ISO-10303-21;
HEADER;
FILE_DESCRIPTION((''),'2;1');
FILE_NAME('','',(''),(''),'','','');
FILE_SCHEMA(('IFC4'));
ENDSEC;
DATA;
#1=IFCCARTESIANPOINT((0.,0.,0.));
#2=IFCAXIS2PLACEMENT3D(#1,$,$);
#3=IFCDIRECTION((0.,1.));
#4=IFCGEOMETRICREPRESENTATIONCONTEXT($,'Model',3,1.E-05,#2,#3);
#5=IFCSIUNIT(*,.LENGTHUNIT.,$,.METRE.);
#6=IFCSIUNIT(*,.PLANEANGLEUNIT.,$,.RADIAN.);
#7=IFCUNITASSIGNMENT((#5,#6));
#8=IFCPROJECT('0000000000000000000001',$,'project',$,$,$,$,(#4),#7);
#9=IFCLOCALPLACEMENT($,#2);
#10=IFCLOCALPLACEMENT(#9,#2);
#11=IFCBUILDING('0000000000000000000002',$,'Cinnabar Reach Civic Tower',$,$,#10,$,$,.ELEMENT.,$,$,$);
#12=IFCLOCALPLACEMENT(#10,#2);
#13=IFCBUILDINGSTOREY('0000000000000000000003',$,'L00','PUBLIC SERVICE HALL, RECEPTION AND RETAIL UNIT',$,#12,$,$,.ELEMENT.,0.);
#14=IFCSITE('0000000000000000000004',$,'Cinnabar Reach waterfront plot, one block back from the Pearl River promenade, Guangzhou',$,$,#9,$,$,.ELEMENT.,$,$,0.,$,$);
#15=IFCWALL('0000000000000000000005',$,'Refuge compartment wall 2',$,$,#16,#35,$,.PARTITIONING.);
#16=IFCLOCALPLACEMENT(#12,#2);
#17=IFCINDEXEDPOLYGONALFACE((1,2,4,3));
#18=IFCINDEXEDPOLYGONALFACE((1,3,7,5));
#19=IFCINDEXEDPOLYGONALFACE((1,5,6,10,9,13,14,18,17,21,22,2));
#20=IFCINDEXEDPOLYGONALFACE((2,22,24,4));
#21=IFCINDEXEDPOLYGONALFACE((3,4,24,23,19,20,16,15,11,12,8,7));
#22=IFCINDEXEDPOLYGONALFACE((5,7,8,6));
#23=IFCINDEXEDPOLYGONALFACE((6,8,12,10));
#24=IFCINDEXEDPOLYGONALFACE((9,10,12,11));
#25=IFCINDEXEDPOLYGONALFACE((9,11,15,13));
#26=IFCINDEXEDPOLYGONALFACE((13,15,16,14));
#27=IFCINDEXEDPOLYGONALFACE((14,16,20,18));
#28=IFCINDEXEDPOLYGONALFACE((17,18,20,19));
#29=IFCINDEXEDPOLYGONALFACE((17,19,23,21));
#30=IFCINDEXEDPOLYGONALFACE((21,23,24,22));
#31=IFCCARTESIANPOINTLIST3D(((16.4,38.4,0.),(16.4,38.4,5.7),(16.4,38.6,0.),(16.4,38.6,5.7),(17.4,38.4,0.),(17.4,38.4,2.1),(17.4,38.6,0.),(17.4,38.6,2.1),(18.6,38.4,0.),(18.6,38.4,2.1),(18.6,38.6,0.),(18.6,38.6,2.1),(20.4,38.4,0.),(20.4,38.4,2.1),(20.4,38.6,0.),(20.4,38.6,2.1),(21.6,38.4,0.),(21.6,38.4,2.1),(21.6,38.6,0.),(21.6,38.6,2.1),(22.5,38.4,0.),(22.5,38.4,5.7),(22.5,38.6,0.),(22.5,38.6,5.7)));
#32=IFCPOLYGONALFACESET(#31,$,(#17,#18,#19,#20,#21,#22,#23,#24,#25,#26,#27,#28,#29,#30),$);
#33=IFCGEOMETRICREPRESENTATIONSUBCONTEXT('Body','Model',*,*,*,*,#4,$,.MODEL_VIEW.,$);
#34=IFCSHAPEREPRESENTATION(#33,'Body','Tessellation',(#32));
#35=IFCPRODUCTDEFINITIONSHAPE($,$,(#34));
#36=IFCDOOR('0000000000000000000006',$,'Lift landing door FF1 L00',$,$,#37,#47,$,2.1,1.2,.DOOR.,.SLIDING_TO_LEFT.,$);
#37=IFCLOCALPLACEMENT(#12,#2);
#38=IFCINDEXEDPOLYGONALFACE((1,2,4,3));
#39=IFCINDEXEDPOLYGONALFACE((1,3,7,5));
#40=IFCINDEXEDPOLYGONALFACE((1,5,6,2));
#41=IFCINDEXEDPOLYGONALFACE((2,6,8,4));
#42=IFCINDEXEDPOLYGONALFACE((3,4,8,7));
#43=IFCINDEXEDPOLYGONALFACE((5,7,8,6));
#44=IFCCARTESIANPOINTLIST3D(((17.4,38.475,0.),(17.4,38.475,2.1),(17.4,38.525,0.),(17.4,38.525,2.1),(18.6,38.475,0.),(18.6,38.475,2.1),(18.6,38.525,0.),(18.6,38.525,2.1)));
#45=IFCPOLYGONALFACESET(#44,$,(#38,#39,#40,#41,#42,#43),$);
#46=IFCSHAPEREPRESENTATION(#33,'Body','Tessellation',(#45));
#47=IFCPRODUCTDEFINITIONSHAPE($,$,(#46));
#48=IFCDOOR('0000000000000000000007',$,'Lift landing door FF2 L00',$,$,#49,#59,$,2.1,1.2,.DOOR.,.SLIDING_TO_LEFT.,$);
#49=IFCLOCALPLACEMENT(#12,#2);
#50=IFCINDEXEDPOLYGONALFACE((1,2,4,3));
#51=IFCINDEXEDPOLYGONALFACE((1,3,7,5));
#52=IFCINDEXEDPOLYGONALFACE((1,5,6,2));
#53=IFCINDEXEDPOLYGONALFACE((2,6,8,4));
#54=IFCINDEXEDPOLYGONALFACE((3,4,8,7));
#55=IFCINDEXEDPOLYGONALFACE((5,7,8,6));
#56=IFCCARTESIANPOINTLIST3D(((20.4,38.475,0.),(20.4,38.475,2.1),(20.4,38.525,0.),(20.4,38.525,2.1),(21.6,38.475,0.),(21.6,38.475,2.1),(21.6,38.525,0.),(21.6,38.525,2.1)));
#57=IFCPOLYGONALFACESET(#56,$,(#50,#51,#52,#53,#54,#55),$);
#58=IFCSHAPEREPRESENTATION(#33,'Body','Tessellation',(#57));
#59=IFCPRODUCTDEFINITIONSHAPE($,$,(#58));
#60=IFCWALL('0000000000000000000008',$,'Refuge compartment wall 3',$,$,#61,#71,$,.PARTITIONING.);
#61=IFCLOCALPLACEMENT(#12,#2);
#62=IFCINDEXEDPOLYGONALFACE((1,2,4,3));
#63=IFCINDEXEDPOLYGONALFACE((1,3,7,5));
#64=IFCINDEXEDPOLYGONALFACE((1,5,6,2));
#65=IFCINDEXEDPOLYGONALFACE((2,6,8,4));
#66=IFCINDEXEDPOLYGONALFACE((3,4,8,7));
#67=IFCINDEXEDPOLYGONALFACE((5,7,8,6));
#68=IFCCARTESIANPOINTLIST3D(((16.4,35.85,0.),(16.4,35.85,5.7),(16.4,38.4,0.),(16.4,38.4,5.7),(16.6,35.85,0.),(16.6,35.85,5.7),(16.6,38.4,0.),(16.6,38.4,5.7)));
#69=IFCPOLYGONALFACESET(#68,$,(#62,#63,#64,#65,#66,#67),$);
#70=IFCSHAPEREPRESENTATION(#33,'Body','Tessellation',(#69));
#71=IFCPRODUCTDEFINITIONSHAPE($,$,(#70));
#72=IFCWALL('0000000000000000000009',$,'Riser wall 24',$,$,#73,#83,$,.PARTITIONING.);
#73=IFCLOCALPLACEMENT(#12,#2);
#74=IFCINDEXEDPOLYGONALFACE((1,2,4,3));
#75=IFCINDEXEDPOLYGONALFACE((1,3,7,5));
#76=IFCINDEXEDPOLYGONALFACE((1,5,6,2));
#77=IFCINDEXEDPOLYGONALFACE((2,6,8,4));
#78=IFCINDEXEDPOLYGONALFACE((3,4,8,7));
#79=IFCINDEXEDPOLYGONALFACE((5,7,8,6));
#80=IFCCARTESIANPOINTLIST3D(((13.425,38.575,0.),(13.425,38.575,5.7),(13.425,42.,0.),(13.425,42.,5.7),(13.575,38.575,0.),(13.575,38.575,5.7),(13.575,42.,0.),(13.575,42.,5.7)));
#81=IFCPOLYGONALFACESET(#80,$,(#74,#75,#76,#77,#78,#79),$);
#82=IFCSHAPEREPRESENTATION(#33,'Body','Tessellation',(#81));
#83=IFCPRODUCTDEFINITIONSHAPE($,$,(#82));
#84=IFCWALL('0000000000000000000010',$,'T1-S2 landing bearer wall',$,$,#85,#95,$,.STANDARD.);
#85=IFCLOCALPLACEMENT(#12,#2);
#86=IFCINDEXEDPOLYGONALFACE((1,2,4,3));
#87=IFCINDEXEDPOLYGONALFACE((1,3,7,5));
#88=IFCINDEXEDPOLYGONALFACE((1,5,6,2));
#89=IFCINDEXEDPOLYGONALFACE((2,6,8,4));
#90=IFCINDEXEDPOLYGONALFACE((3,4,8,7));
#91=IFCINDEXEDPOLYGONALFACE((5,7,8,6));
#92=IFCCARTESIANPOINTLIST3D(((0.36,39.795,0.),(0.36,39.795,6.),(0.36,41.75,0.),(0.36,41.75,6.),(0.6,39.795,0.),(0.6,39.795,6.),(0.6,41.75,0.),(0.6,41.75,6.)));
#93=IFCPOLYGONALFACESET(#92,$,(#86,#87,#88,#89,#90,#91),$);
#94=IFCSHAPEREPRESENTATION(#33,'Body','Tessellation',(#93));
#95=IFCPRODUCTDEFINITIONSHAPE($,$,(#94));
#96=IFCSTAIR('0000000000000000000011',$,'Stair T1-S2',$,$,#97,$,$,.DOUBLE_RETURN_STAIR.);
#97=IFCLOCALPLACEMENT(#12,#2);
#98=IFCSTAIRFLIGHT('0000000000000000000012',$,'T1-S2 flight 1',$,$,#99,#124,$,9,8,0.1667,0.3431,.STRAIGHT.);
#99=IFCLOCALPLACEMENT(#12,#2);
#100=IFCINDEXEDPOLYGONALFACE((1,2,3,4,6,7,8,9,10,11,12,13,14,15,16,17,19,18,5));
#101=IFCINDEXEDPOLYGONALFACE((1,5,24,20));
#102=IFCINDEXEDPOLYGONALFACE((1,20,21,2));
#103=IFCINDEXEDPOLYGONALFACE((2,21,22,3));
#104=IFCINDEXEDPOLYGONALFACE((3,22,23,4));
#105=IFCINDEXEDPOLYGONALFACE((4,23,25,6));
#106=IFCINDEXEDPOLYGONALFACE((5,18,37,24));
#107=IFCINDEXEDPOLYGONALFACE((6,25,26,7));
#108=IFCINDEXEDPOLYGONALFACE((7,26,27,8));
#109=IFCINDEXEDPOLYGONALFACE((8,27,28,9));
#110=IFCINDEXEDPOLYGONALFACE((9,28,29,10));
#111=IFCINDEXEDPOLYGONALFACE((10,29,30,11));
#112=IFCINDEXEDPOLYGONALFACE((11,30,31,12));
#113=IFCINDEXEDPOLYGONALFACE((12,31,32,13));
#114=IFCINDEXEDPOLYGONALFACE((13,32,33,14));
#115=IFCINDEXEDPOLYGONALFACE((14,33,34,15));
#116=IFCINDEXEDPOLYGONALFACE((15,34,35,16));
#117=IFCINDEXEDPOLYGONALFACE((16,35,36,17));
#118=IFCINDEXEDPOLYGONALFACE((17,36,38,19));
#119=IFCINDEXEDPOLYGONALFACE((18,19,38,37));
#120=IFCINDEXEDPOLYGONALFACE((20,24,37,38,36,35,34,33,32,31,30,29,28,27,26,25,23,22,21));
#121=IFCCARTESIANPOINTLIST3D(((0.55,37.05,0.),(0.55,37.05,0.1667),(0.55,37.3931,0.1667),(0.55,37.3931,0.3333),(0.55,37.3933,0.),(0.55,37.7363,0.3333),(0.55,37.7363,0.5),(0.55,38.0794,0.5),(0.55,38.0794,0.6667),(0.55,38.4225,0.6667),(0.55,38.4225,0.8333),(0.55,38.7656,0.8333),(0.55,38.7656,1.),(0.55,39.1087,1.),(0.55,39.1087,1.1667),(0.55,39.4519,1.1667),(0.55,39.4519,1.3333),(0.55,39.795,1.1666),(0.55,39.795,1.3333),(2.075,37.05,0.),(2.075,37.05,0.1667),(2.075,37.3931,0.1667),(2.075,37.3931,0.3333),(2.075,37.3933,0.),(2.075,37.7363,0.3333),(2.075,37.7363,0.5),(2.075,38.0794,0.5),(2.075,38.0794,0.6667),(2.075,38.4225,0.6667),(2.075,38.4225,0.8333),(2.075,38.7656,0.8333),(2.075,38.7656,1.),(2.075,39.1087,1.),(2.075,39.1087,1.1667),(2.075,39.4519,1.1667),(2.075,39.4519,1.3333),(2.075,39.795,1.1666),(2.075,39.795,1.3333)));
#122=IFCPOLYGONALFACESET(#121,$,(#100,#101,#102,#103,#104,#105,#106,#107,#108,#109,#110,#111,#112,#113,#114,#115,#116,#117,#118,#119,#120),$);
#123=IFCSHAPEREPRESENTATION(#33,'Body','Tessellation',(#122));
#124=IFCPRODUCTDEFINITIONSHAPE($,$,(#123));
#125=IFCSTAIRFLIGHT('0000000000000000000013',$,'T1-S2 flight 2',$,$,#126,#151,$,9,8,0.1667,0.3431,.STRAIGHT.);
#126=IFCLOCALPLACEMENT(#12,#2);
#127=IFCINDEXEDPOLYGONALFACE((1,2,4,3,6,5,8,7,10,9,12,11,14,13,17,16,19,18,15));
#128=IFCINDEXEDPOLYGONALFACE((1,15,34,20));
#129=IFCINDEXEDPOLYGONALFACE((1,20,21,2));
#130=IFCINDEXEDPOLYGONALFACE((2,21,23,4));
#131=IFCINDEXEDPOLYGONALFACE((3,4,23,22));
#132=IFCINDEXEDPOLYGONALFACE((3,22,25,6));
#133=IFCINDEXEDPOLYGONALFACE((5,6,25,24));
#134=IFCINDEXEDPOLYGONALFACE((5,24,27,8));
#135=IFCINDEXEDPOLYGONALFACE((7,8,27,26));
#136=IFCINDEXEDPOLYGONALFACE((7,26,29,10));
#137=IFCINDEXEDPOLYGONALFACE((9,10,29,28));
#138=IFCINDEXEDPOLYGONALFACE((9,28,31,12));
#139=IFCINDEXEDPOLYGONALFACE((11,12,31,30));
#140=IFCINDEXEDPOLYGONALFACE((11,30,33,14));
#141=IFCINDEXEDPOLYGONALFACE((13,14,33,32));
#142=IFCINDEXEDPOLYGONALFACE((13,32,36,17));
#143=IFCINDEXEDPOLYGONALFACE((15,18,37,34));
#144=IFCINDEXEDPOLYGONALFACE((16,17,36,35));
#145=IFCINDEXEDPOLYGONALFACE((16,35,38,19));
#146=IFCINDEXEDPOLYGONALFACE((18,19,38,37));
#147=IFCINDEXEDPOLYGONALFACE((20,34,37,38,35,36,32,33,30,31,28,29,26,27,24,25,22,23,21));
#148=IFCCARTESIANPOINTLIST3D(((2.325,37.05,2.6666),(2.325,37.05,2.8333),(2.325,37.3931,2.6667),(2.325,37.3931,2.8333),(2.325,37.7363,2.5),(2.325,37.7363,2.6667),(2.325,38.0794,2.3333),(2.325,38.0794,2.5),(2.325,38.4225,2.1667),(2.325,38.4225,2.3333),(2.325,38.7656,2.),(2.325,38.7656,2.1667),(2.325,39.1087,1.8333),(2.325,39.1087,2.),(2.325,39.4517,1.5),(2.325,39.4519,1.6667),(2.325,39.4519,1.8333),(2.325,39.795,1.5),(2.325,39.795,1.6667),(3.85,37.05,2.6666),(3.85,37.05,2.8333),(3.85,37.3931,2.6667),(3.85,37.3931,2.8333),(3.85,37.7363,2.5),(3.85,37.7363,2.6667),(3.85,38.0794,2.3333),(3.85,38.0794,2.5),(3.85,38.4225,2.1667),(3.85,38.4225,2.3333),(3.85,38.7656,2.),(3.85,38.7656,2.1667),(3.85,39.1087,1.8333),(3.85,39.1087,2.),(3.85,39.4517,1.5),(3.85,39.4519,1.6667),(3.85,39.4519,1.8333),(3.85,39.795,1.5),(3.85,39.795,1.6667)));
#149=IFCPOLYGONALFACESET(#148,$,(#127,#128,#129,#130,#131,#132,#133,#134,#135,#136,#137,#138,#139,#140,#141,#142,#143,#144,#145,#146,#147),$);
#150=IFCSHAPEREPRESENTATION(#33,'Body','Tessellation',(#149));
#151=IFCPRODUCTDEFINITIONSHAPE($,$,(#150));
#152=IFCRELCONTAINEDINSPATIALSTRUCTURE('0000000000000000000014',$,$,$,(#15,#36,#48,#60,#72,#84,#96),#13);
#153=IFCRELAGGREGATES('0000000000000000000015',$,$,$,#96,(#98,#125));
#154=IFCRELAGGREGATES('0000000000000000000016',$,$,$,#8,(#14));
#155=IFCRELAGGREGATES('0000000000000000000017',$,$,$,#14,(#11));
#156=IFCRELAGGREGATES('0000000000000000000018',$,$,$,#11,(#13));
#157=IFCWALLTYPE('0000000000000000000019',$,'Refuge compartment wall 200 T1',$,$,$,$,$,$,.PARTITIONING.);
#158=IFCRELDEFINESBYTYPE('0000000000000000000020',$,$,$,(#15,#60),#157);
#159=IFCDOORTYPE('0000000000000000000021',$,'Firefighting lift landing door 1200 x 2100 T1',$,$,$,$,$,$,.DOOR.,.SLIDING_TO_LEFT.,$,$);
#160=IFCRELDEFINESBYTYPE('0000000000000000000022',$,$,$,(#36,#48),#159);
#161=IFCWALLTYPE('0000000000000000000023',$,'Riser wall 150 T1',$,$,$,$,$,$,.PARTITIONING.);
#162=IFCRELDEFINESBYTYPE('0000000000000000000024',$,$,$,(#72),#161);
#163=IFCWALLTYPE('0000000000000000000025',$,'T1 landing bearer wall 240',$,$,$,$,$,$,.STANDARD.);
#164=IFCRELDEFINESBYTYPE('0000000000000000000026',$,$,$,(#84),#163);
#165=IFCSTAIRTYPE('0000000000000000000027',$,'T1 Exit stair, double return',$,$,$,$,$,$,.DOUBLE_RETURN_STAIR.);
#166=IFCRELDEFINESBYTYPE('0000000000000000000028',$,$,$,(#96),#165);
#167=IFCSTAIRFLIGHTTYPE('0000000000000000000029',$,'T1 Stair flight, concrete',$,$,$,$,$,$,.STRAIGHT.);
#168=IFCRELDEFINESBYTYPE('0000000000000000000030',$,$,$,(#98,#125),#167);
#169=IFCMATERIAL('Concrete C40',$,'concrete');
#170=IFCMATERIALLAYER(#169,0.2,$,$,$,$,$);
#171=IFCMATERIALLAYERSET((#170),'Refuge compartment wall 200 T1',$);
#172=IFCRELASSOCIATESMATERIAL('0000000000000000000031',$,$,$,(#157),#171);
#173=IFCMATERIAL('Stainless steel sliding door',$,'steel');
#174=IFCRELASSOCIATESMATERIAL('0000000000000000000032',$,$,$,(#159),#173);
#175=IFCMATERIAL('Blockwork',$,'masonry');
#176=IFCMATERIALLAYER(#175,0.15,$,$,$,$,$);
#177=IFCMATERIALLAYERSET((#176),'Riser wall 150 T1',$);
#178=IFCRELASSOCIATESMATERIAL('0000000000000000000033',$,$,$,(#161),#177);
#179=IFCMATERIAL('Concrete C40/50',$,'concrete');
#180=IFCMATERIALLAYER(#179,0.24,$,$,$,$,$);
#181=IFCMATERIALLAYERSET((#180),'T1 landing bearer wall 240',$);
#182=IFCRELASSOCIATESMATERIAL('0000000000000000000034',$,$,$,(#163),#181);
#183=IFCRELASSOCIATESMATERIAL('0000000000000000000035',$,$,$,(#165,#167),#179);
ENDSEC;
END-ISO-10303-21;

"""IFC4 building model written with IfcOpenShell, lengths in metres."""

from ifc_helpers import new_model, si_unit, direction, frame, frame_2d, origin, place, context, subcontext, project, spatial, polyline, rectangle, outline, extrude, material, layer, layer_set, type_object, element, fill, aggregate, save


model = new_model("IFC4")

# Units and contexts
model_context = context("Model", 3, precision=1e-05, world=origin(), true_north=direction((0.0, 1.0)))
body_context = subcontext(model_context, "Body", "Model", "MODEL_VIEW")
ifc_project = project(units=[si_unit("LENGTHUNIT", "METRE"), si_unit("PLANEANGLEUNIT", "RADIAN")], contexts=[model_context])

# Site, building, storey
site_placement = place(None, origin())
site = spatial("IfcSite", under=ifc_project, at=site_placement, Name="Cinnabar Reach waterfront plot, one block back from the Pearl River promenade, Guangzhou", CompositionType="ELEMENT", RefElevation=0.0)
building_placement = place(site_placement, origin())
building = spatial("IfcBuilding", under=site, at=building_placement, Name="Cinnabar Reach Civic Tower", CompositionType="ELEMENT")
storey_placement = place(building_placement, origin())
storey = spatial("IfcBuildingStorey", under=building, at=storey_placement, Name="L00", Description="PUBLIC SERVICE HALL, RECEPTION AND RETAIL UNIT", CompositionType="ELEMENT", Elevation=0.0)

# Shared definitions
ifc_material_1 = material(Name="Blockwork", Category="masonry")

# Wall, openings, doors
ifc_material_2 = material(Name="Concrete C40", Category="concrete")
ifc_layer_1 = layer(ifc_material_2, 0.2)
ifc_layer_set_1 = layer_set([ifc_layer_1], Name="Refuge compartment wall 200 T1")
wall_type_1 = type_object("IfcWallType", Name="Refuge compartment wall 200 T1", PredefinedType="PARTITIONING", material=ifc_layer_set_1)
wall_1_placement = place(storey_placement, frame((16.4, 38.5, 0.0), z_axis=(0.0, 0.0, 1.0), x_axis=(1.0, 0.0, 0.0)))
wall_1 = element("IfcWall", 1, at=wall_1_placement, inside=storey, type_object=wall_type_1, Name="Refuge compartment wall 2", PredefinedType="PARTITIONING", context=body_context, shape_type="SweptSolid", body=[
    extrude(rectangle(XDim=6.1, YDim=0.2, at=frame_2d((3.05, 0.0))), origin(), (0.0, 0.0, 1.0), 5.7),
])
opening_1_placement = place(wall_1_placement, frame((1.0, 0.0, 0.0)))
opening_1 = element("IfcOpeningElement", 2, at=opening_1_placement, cuts=wall_1, PredefinedType="OPENING", context=body_context, shape_type="SweptSolid", body=[
    extrude(rectangle(XDim=1.2, YDim=2.1, at=frame_2d((0.6, 1.05))), frame((0.0, 0.11, 0.0), z_axis=(0.0, -1.0, 0.0), x_axis=(1.0, 0.0, 0.0)), (0.0, 0.0, 1.0), 0.22),
])
opening_2_placement = place(wall_1_placement, frame((4.0, 0.0, 0.0)))
opening_2 = element("IfcOpeningElement", 3, at=opening_2_placement, cuts=wall_1, PredefinedType="OPENING", context=body_context, shape_type="SweptSolid", body=[
    extrude(rectangle(XDim=1.2, YDim=2.1, at=frame_2d((0.6, 1.05))), frame((0.0, 0.11, 0.0), z_axis=(0.0, -1.0, 0.0), x_axis=(1.0, 0.0, 0.0)), (0.0, 0.0, 1.0), 0.22),
])
ifc_material_3 = material(Name="Stainless steel sliding door", Category="steel")
door_type_1 = type_object("IfcDoorType", Name="Firefighting lift landing door 1200 x 2100 T1", OperationType="SLIDING_TO_LEFT", PredefinedType="DOOR", material=ifc_material_3)
door_1_placement = place(opening_1_placement, origin())
door_1 = element("IfcDoor", 4, at=door_1_placement, inside=storey, type_object=door_type_1, Name="Lift landing door FF1 L00", OperationType="SLIDING_TO_LEFT", OverallHeight=2.1, OverallWidth=1.2, PredefinedType="DOOR", context=body_context, shape_type="SweptSolid", body=[
    extrude(rectangle(XDim=1.2, YDim=2.1, at=frame_2d((0.6, 1.05))), frame((0.0, 0.025, 0.0), z_axis=(0.0, -1.0, 0.0), x_axis=(1.0, 0.0, 0.0)), (0.0, 0.0, 1.0), 0.05),
])
fill(opening_1, door_1)
door_2_placement = place(opening_2_placement, origin())
door_2 = element("IfcDoor", 5, at=door_2_placement, inside=storey, type_object=door_type_1, Name="Lift landing door FF2 L00", OperationType="SLIDING_TO_LEFT", OverallHeight=2.1, OverallWidth=1.2, PredefinedType="DOOR", context=body_context, shape_type="SweptSolid", body=[
    extrude(rectangle(XDim=1.2, YDim=2.1, at=frame_2d((0.6, 1.05))), frame((0.0, 0.025, 0.0), z_axis=(0.0, -1.0, 0.0), x_axis=(1.0, 0.0, 0.0)), (0.0, 0.0, 1.0), 0.05),
])
fill(opening_2, door_2)

# Walls
wall_2_placement = place(storey_placement, frame((16.5, 35.85, 0.0), z_axis=(0.0, 0.0, 1.0), x_axis=(0.0, 1.0, 0.0)))
element("IfcWall", 6, at=wall_2_placement, inside=storey, type_object=wall_type_1, Name="Refuge compartment wall 3", PredefinedType="PARTITIONING", context=body_context, shape_type="SweptSolid", body=[
    extrude(rectangle(XDim=2.55, YDim=0.2, at=frame_2d((1.275, 0.0))), origin(), (0.0, 0.0, 1.0), 5.7),
])
ifc_layer_2 = layer(ifc_material_1, 0.15)
ifc_layer_set_2 = layer_set([ifc_layer_2], Name="Riser wall 150 T1")
wall_type_2 = type_object("IfcWallType", Name="Riser wall 150 T1", PredefinedType="PARTITIONING", material=ifc_layer_set_2)
wall_3_placement = place(storey_placement, frame((13.5, 38.575, 0.0), z_axis=(0.0, 0.0, 1.0), x_axis=(0.0, 1.0, 0.0)))
element("IfcWall", 7, at=wall_3_placement, inside=storey, type_object=wall_type_2, Name="Riser wall 24", PredefinedType="PARTITIONING", context=body_context, shape_type="SweptSolid", body=[
    extrude(rectangle(XDim=3.425, YDim=0.15, at=frame_2d((1.7125, 0.0))), origin(), (0.0, 0.0, 1.0), 5.7),
])
ifc_material_4 = material(Name="Concrete C40/50", Category="concrete")
ifc_layer_3 = layer(ifc_material_4, 0.24)
ifc_layer_set_3 = layer_set([ifc_layer_3], Name="T1 landing bearer wall 240")
wall_type_3 = type_object("IfcWallType", Name="T1 landing bearer wall 240", PredefinedType="STANDARD", material=ifc_layer_set_3)
wall_4_placement = place(storey_placement, frame((0.48, 39.795, 0.0), z_axis=(0.0, 0.0, 1.0), x_axis=(0.0, 1.0, 0.0)))
element("IfcWall", 8, at=wall_4_placement, inside=storey, type_object=wall_type_3, Name="T1-S2 landing bearer wall", PredefinedType="STANDARD", context=body_context, shape_type="SweptSolid", body=[
    extrude(rectangle(XDim=1.955, YDim=0.24, at=frame_2d((0.9775, 0.0))), origin(), (0.0, 0.0, 1.0), 6.0),
])

# Stair, stair flights
stair_type = type_object("IfcStairType", Name="T1 Exit stair, double return", PredefinedType="DOUBLE_RETURN_STAIR", material=ifc_material_4)
stair_placement = place(storey_placement, origin())
stair = element("IfcStair", 9, at=stair_placement, inside=storey, type_object=stair_type, Name="Stair T1-S2", PredefinedType="DOUBLE_RETURN_STAIR")
stair_flight_type = type_object("IfcStairFlightType", Name="T1 Stair flight, concrete", PredefinedType="STRAIGHT", material=ifc_material_4)
stair_flight_1_placement = place(storey_placement, frame((1.3125, 37.05, 0.0), z_axis=(0.0, 0.0, 1.0), x_axis=(0.0, 1.0, 0.0)))
stair_flight_1 = element("IfcStairFlight", 10, at=stair_flight_1_placement, type_object=stair_flight_type, Name="T1-S2 flight 1", NumberOfRisers=9, NumberOfTreads=8, PredefinedType="STRAIGHT", RiserHeight=0.1667, TreadLength=0.3431, context=body_context, shape_type="SweptSolid", body=[
    extrude(outline(polyline([(0.0, 0.0), (0.0, 0.1667), (0.3431, 0.1667), (0.3431, 0.3333), (0.6863, 0.3333), (0.6863, 0.5), (1.0294, 0.5), (1.0294, 0.6667), (1.3725, 0.6667), (1.3725, 0.8333), (1.7156, 0.8333), (1.7156, 1.0), (2.0587, 1.0), (2.0587, 1.1667), (2.4019, 1.1667), (2.4019, 1.3333), (2.745, 1.3333), (2.745, 1.5), (2.745, 1.1666), (0.3433, 0.0), (0.0, 0.0)])), frame((0.0, 0.7625, 0.0), z_axis=(0.0, -1.0, 0.0), x_axis=(1.0, 0.0, 0.0)), (0.0, 0.0, 1.0), 1.525),
])
stair_flight_2_placement = place(storey_placement, frame((3.0875, 39.795, 1.5), z_axis=(0.0, 0.0, 1.0), x_axis=(0.0, -1.0, 0.0)))
stair_flight_2 = element("IfcStairFlight", 11, at=stair_flight_2_placement, type_object=stair_flight_type, Name="T1-S2 flight 2", NumberOfRisers=9, NumberOfTreads=8, PredefinedType="STRAIGHT", RiserHeight=0.1667, TreadLength=0.3431, context=body_context, shape_type="SweptSolid", body=[
    extrude(outline(polyline([(0.0, 0.0), (0.0, 0.1667), (0.3431, 0.1667), (0.3431, 0.3333), (0.6863, 0.3333), (0.6863, 0.5), (1.0294, 0.5), (1.0294, 0.6667), (1.3725, 0.6667), (1.3725, 0.8333), (1.7156, 0.8333), (1.7156, 1.0), (2.0587, 1.0), (2.0587, 1.1667), (2.4019, 1.1667), (2.4019, 1.3333), (2.745, 1.3333), (2.745, 1.5), (2.745, 1.1666), (0.3433, 0.0), (0.0, 0.0)])), frame((0.0, 0.7625, 0.0), z_axis=(0.0, -1.0, 0.0), x_axis=(1.0, 0.0, 0.0)), (0.0, 0.0, 1.0), 1.525),
])
aggregate(stair, [stair_flight_1, stair_flight_2])

save(model, "model.ifc")
